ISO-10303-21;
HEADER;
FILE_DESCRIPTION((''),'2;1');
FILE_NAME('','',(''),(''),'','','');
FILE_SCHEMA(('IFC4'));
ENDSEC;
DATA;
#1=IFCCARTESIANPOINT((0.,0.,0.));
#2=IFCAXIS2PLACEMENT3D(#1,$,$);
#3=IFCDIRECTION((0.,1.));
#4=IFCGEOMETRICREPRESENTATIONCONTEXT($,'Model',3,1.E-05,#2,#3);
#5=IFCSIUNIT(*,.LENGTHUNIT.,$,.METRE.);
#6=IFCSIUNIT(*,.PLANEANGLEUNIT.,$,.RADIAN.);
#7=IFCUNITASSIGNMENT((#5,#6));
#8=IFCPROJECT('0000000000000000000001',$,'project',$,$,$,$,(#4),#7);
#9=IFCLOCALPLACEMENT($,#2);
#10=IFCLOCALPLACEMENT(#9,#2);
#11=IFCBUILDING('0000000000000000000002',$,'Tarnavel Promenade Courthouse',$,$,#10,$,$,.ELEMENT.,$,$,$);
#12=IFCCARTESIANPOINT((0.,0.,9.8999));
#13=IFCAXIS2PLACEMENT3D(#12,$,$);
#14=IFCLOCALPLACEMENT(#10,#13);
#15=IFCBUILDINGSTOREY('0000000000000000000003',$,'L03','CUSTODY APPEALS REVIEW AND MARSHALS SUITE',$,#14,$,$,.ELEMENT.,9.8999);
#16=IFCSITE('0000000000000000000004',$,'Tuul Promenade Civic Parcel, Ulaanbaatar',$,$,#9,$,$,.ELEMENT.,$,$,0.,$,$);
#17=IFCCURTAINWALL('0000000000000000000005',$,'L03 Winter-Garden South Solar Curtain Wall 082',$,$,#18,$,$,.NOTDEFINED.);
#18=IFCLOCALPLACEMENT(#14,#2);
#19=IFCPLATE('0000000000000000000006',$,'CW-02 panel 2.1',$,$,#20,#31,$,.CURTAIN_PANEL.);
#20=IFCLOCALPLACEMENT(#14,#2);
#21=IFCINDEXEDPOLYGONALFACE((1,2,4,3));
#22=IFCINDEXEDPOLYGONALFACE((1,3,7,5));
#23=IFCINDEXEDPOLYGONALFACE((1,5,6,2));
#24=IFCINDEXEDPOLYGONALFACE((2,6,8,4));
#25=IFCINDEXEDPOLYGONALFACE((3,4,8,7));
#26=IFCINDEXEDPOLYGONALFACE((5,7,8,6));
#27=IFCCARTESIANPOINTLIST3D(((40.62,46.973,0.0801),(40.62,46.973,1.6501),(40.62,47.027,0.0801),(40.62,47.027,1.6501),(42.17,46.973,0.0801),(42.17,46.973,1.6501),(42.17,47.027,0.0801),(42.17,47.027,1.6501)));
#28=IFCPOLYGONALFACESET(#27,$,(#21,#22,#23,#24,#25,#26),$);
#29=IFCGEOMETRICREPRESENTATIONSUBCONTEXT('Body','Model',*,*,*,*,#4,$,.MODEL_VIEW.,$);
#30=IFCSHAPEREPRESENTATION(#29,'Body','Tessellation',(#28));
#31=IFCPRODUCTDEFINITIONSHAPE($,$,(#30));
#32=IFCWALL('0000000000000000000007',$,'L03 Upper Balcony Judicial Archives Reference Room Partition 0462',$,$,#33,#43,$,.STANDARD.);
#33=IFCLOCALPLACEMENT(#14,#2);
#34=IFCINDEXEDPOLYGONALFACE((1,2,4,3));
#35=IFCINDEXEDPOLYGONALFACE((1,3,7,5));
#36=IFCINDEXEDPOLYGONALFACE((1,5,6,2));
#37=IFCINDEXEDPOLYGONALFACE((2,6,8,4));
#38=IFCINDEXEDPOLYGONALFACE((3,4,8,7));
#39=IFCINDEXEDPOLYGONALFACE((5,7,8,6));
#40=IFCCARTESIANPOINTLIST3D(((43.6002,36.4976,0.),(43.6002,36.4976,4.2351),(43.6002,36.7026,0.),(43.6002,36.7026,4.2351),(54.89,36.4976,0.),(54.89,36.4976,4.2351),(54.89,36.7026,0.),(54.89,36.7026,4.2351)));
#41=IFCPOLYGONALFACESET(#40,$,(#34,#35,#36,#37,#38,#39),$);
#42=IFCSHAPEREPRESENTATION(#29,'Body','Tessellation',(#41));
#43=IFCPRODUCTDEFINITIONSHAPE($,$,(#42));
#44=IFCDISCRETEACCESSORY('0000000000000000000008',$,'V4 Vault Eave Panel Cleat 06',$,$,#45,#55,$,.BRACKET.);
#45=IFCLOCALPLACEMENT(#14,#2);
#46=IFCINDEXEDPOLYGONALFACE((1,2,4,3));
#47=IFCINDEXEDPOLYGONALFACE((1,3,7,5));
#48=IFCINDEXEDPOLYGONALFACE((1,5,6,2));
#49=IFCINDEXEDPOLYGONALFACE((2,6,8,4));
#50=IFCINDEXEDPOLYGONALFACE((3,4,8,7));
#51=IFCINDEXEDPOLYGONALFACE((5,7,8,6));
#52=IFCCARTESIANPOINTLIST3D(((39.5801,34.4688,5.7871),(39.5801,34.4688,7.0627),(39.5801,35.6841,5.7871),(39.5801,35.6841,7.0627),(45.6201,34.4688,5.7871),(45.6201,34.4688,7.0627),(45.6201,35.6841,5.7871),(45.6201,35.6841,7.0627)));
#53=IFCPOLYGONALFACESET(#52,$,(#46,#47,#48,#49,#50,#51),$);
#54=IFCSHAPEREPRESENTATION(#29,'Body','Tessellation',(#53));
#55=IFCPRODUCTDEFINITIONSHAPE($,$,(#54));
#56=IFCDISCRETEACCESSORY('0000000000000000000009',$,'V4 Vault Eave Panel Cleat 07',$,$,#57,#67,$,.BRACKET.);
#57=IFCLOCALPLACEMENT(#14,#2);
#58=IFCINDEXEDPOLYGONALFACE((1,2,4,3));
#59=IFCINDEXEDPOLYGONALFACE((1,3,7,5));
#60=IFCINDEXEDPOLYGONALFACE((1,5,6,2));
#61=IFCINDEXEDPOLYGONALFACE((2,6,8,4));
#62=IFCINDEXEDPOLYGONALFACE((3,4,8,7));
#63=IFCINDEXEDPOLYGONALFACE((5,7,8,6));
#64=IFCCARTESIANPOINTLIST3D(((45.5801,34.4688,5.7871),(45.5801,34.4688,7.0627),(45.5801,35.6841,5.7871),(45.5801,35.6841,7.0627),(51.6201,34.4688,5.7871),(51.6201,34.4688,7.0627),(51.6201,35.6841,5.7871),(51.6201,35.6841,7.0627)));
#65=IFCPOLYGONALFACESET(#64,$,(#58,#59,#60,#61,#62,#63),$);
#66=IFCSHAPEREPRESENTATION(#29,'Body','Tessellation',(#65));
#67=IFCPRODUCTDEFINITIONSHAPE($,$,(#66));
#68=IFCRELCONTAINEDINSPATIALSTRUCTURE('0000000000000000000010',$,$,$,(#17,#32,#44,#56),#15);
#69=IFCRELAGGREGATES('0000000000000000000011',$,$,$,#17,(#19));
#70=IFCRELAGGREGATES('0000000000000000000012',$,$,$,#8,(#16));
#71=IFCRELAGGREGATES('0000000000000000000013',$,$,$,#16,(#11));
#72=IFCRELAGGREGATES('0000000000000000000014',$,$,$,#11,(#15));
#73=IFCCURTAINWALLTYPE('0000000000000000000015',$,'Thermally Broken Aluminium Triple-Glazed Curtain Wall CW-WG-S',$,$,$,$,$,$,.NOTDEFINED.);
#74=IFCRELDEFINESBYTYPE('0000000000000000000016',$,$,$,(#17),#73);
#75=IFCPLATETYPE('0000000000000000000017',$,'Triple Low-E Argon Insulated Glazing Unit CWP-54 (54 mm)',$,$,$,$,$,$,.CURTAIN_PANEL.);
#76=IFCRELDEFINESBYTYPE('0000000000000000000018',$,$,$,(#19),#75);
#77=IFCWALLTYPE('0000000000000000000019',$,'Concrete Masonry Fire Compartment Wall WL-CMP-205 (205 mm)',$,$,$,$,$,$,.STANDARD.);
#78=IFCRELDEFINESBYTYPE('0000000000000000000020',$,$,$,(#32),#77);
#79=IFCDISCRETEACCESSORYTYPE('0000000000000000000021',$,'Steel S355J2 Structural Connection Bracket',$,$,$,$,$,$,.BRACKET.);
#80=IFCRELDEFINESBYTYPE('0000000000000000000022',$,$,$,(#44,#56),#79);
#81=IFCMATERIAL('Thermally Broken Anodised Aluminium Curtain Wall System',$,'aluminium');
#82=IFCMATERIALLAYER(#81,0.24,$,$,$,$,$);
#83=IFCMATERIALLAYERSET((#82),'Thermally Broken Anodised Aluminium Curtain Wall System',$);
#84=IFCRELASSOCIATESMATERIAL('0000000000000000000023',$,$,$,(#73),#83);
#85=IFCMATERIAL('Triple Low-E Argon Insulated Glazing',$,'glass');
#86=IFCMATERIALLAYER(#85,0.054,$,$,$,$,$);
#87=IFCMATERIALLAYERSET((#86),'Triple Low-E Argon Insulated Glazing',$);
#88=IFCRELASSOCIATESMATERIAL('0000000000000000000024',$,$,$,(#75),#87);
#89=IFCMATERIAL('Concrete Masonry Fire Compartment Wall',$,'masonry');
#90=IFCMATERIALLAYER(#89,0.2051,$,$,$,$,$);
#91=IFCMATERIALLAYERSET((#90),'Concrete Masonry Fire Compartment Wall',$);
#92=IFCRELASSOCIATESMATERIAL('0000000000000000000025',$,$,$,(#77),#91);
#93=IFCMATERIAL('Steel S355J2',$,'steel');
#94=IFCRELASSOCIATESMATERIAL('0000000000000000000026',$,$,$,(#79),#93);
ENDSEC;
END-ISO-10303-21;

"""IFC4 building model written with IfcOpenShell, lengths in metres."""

from ifc_helpers import new_model, si_unit, direction, frame, frame_2d, origin, origin_2d, place, context, subcontext, project, spatial, rectangle, extrude, material, layer, layer_set, type_object, element, aggregate, save


model = new_model("IFC4")

# Units and contexts
model_context = context("Model", 3, precision=1e-05, world=origin(), true_north=direction((0.0, 1.0)))
body_context = subcontext(model_context, "Body", "Model", "MODEL_VIEW")
ifc_project = project(units=[si_unit("LENGTHUNIT", "METRE"), si_unit("PLANEANGLEUNIT", "RADIAN")], contexts=[model_context])

# Site, building, storey
site_placement = place(None, origin())
site = spatial("IfcSite", under=ifc_project, at=site_placement, Name="Tuul Promenade Civic Parcel, Ulaanbaatar", CompositionType="ELEMENT", RefElevation=0.0)
building_placement = place(site_placement, origin())
building = spatial("IfcBuilding", under=site, at=building_placement, Name="Tarnavel Promenade Courthouse", CompositionType="ELEMENT")
storey_placement = place(building_placement, frame((0.0, 0.0, 9.8999)))
storey = spatial("IfcBuildingStorey", under=building, at=storey_placement, Name="L03", Description="CUSTODY APPEALS REVIEW AND MARSHALS SUITE", CompositionType="ELEMENT", Elevation=9.8999)

# Shared definitions
ifc_material_1 = material(Name="Steel S355J2", Category="steel")

# Curtain wall
ifc_material_2 = material(Name="Thermally Broken Anodised Aluminium Curtain Wall System", Category="aluminium")
ifc_layer_1 = layer(ifc_material_2, 0.24)
ifc_layer_set_1 = layer_set([ifc_layer_1], Name="Thermally Broken Anodised Aluminium Curtain Wall System")
curtain_wall_type = type_object("IfcCurtainWallType", Name="Thermally Broken Aluminium Triple-Glazed Curtain Wall CW-WG-S", PredefinedType="NOTDEFINED", material=ifc_layer_set_1)
curtain_wall_placement = place(storey_placement, origin())
curtain_wall = element("IfcCurtainWall", 1, at=curtain_wall_placement, inside=storey, type_object=curtain_wall_type, Name="L03 Winter-Garden South Solar Curtain Wall 082", PredefinedType="NOTDEFINED")

# Plate
ifc_material_3 = material(Name="Triple Low-E Argon Insulated Glazing", Category="glass")
ifc_layer_2 = layer(ifc_material_3, 0.054)
ifc_layer_set_2 = layer_set([ifc_layer_2], Name="Triple Low-E Argon Insulated Glazing")
plate_type_1 = type_object("IfcPlateType", Name="Triple Low-E Argon Insulated Glazing Unit CWP-54 (54 mm)", PredefinedType="CURTAIN_PANEL", material=ifc_layer_set_2)
plate_1_placement = place(storey_placement, frame((41.395, 47.0, 0.0801), z_axis=(0.0, 0.0, 1.0), x_axis=(1.0, 0.0, 0.0)))
plate_1 = element("IfcPlate", 2, at=plate_1_placement, type_object=plate_type_1, Name="CW-02 panel 2.1", PredefinedType="CURTAIN_PANEL", context=body_context, shape_type="SweptSolid", body=[
    extrude(rectangle(XDim=1.55, YDim=0.054, at=origin_2d()), origin(), (0.0, 0.0, 1.0), 1.5701),
])
aggregate(curtain_wall, [plate_1])

# Wall
ifc_material_4 = material(Name="Concrete Masonry Fire Compartment Wall", Category="masonry")
ifc_layer_3 = layer(ifc_material_4, 0.2051)
ifc_layer_set_3 = layer_set([ifc_layer_3], Name="Concrete Masonry Fire Compartment Wall")
wall_type = type_object("IfcWallType", Name="Concrete Masonry Fire Compartment Wall WL-CMP-205 (205 mm)", PredefinedType="STANDARD", material=ifc_layer_set_3)
wall_placement = place(storey_placement, frame((43.6001, 36.6001, 0.0), z_axis=(0.0, 0.0, 1.0), x_axis=(1.0, 0.0, 0.0)))
element("IfcWall", 3, at=wall_placement, inside=storey, type_object=wall_type, Name="L03 Upper Balcony Judicial Archives Reference Room Partition 0462", PredefinedType="STANDARD", context=body_context, shape_type="SweptSolid", body=[
    extrude(rectangle(XDim=11.2898, YDim=0.2051, at=frame_2d((5.645, 0.0))), origin(), (0.0, 0.0, 1.0), 4.2351),
])

# Discrete accessories
discrete_accessory_type = type_object("IfcDiscreteAccessoryType", Name="Steel S355J2 Structural Connection Bracket", PredefinedType="BRACKET", material=ifc_material_1)
for number, where, z_axis, x_axis, name in (
    (4, (42.6001, 35.0764, 5.7871), (0.0, 0.0, 1.0), (1.0, 0.0, 0.0), "V4 Vault Eave Panel Cleat 06"),
    (5, (48.6001, 35.0764, 5.7871), (0.0, 0.0, 1.0), (1.0, 0.0, 0.0), "V4 Vault Eave Panel Cleat 07"),
):
    element("IfcDiscreteAccessory", number, at=place(storey_placement, frame(where, z_axis=z_axis, x_axis=x_axis)), inside=storey, type_object=discrete_accessory_type, Name=name, PredefinedType="BRACKET", context=body_context, shape_type="SweptSolid", body=[
        extrude(rectangle(XDim=6.04, YDim=1.2153, at=origin_2d()), origin(), (0.0, 0.0, 1.0), 1.2756),
    ])

save(model, "model.ifc")
